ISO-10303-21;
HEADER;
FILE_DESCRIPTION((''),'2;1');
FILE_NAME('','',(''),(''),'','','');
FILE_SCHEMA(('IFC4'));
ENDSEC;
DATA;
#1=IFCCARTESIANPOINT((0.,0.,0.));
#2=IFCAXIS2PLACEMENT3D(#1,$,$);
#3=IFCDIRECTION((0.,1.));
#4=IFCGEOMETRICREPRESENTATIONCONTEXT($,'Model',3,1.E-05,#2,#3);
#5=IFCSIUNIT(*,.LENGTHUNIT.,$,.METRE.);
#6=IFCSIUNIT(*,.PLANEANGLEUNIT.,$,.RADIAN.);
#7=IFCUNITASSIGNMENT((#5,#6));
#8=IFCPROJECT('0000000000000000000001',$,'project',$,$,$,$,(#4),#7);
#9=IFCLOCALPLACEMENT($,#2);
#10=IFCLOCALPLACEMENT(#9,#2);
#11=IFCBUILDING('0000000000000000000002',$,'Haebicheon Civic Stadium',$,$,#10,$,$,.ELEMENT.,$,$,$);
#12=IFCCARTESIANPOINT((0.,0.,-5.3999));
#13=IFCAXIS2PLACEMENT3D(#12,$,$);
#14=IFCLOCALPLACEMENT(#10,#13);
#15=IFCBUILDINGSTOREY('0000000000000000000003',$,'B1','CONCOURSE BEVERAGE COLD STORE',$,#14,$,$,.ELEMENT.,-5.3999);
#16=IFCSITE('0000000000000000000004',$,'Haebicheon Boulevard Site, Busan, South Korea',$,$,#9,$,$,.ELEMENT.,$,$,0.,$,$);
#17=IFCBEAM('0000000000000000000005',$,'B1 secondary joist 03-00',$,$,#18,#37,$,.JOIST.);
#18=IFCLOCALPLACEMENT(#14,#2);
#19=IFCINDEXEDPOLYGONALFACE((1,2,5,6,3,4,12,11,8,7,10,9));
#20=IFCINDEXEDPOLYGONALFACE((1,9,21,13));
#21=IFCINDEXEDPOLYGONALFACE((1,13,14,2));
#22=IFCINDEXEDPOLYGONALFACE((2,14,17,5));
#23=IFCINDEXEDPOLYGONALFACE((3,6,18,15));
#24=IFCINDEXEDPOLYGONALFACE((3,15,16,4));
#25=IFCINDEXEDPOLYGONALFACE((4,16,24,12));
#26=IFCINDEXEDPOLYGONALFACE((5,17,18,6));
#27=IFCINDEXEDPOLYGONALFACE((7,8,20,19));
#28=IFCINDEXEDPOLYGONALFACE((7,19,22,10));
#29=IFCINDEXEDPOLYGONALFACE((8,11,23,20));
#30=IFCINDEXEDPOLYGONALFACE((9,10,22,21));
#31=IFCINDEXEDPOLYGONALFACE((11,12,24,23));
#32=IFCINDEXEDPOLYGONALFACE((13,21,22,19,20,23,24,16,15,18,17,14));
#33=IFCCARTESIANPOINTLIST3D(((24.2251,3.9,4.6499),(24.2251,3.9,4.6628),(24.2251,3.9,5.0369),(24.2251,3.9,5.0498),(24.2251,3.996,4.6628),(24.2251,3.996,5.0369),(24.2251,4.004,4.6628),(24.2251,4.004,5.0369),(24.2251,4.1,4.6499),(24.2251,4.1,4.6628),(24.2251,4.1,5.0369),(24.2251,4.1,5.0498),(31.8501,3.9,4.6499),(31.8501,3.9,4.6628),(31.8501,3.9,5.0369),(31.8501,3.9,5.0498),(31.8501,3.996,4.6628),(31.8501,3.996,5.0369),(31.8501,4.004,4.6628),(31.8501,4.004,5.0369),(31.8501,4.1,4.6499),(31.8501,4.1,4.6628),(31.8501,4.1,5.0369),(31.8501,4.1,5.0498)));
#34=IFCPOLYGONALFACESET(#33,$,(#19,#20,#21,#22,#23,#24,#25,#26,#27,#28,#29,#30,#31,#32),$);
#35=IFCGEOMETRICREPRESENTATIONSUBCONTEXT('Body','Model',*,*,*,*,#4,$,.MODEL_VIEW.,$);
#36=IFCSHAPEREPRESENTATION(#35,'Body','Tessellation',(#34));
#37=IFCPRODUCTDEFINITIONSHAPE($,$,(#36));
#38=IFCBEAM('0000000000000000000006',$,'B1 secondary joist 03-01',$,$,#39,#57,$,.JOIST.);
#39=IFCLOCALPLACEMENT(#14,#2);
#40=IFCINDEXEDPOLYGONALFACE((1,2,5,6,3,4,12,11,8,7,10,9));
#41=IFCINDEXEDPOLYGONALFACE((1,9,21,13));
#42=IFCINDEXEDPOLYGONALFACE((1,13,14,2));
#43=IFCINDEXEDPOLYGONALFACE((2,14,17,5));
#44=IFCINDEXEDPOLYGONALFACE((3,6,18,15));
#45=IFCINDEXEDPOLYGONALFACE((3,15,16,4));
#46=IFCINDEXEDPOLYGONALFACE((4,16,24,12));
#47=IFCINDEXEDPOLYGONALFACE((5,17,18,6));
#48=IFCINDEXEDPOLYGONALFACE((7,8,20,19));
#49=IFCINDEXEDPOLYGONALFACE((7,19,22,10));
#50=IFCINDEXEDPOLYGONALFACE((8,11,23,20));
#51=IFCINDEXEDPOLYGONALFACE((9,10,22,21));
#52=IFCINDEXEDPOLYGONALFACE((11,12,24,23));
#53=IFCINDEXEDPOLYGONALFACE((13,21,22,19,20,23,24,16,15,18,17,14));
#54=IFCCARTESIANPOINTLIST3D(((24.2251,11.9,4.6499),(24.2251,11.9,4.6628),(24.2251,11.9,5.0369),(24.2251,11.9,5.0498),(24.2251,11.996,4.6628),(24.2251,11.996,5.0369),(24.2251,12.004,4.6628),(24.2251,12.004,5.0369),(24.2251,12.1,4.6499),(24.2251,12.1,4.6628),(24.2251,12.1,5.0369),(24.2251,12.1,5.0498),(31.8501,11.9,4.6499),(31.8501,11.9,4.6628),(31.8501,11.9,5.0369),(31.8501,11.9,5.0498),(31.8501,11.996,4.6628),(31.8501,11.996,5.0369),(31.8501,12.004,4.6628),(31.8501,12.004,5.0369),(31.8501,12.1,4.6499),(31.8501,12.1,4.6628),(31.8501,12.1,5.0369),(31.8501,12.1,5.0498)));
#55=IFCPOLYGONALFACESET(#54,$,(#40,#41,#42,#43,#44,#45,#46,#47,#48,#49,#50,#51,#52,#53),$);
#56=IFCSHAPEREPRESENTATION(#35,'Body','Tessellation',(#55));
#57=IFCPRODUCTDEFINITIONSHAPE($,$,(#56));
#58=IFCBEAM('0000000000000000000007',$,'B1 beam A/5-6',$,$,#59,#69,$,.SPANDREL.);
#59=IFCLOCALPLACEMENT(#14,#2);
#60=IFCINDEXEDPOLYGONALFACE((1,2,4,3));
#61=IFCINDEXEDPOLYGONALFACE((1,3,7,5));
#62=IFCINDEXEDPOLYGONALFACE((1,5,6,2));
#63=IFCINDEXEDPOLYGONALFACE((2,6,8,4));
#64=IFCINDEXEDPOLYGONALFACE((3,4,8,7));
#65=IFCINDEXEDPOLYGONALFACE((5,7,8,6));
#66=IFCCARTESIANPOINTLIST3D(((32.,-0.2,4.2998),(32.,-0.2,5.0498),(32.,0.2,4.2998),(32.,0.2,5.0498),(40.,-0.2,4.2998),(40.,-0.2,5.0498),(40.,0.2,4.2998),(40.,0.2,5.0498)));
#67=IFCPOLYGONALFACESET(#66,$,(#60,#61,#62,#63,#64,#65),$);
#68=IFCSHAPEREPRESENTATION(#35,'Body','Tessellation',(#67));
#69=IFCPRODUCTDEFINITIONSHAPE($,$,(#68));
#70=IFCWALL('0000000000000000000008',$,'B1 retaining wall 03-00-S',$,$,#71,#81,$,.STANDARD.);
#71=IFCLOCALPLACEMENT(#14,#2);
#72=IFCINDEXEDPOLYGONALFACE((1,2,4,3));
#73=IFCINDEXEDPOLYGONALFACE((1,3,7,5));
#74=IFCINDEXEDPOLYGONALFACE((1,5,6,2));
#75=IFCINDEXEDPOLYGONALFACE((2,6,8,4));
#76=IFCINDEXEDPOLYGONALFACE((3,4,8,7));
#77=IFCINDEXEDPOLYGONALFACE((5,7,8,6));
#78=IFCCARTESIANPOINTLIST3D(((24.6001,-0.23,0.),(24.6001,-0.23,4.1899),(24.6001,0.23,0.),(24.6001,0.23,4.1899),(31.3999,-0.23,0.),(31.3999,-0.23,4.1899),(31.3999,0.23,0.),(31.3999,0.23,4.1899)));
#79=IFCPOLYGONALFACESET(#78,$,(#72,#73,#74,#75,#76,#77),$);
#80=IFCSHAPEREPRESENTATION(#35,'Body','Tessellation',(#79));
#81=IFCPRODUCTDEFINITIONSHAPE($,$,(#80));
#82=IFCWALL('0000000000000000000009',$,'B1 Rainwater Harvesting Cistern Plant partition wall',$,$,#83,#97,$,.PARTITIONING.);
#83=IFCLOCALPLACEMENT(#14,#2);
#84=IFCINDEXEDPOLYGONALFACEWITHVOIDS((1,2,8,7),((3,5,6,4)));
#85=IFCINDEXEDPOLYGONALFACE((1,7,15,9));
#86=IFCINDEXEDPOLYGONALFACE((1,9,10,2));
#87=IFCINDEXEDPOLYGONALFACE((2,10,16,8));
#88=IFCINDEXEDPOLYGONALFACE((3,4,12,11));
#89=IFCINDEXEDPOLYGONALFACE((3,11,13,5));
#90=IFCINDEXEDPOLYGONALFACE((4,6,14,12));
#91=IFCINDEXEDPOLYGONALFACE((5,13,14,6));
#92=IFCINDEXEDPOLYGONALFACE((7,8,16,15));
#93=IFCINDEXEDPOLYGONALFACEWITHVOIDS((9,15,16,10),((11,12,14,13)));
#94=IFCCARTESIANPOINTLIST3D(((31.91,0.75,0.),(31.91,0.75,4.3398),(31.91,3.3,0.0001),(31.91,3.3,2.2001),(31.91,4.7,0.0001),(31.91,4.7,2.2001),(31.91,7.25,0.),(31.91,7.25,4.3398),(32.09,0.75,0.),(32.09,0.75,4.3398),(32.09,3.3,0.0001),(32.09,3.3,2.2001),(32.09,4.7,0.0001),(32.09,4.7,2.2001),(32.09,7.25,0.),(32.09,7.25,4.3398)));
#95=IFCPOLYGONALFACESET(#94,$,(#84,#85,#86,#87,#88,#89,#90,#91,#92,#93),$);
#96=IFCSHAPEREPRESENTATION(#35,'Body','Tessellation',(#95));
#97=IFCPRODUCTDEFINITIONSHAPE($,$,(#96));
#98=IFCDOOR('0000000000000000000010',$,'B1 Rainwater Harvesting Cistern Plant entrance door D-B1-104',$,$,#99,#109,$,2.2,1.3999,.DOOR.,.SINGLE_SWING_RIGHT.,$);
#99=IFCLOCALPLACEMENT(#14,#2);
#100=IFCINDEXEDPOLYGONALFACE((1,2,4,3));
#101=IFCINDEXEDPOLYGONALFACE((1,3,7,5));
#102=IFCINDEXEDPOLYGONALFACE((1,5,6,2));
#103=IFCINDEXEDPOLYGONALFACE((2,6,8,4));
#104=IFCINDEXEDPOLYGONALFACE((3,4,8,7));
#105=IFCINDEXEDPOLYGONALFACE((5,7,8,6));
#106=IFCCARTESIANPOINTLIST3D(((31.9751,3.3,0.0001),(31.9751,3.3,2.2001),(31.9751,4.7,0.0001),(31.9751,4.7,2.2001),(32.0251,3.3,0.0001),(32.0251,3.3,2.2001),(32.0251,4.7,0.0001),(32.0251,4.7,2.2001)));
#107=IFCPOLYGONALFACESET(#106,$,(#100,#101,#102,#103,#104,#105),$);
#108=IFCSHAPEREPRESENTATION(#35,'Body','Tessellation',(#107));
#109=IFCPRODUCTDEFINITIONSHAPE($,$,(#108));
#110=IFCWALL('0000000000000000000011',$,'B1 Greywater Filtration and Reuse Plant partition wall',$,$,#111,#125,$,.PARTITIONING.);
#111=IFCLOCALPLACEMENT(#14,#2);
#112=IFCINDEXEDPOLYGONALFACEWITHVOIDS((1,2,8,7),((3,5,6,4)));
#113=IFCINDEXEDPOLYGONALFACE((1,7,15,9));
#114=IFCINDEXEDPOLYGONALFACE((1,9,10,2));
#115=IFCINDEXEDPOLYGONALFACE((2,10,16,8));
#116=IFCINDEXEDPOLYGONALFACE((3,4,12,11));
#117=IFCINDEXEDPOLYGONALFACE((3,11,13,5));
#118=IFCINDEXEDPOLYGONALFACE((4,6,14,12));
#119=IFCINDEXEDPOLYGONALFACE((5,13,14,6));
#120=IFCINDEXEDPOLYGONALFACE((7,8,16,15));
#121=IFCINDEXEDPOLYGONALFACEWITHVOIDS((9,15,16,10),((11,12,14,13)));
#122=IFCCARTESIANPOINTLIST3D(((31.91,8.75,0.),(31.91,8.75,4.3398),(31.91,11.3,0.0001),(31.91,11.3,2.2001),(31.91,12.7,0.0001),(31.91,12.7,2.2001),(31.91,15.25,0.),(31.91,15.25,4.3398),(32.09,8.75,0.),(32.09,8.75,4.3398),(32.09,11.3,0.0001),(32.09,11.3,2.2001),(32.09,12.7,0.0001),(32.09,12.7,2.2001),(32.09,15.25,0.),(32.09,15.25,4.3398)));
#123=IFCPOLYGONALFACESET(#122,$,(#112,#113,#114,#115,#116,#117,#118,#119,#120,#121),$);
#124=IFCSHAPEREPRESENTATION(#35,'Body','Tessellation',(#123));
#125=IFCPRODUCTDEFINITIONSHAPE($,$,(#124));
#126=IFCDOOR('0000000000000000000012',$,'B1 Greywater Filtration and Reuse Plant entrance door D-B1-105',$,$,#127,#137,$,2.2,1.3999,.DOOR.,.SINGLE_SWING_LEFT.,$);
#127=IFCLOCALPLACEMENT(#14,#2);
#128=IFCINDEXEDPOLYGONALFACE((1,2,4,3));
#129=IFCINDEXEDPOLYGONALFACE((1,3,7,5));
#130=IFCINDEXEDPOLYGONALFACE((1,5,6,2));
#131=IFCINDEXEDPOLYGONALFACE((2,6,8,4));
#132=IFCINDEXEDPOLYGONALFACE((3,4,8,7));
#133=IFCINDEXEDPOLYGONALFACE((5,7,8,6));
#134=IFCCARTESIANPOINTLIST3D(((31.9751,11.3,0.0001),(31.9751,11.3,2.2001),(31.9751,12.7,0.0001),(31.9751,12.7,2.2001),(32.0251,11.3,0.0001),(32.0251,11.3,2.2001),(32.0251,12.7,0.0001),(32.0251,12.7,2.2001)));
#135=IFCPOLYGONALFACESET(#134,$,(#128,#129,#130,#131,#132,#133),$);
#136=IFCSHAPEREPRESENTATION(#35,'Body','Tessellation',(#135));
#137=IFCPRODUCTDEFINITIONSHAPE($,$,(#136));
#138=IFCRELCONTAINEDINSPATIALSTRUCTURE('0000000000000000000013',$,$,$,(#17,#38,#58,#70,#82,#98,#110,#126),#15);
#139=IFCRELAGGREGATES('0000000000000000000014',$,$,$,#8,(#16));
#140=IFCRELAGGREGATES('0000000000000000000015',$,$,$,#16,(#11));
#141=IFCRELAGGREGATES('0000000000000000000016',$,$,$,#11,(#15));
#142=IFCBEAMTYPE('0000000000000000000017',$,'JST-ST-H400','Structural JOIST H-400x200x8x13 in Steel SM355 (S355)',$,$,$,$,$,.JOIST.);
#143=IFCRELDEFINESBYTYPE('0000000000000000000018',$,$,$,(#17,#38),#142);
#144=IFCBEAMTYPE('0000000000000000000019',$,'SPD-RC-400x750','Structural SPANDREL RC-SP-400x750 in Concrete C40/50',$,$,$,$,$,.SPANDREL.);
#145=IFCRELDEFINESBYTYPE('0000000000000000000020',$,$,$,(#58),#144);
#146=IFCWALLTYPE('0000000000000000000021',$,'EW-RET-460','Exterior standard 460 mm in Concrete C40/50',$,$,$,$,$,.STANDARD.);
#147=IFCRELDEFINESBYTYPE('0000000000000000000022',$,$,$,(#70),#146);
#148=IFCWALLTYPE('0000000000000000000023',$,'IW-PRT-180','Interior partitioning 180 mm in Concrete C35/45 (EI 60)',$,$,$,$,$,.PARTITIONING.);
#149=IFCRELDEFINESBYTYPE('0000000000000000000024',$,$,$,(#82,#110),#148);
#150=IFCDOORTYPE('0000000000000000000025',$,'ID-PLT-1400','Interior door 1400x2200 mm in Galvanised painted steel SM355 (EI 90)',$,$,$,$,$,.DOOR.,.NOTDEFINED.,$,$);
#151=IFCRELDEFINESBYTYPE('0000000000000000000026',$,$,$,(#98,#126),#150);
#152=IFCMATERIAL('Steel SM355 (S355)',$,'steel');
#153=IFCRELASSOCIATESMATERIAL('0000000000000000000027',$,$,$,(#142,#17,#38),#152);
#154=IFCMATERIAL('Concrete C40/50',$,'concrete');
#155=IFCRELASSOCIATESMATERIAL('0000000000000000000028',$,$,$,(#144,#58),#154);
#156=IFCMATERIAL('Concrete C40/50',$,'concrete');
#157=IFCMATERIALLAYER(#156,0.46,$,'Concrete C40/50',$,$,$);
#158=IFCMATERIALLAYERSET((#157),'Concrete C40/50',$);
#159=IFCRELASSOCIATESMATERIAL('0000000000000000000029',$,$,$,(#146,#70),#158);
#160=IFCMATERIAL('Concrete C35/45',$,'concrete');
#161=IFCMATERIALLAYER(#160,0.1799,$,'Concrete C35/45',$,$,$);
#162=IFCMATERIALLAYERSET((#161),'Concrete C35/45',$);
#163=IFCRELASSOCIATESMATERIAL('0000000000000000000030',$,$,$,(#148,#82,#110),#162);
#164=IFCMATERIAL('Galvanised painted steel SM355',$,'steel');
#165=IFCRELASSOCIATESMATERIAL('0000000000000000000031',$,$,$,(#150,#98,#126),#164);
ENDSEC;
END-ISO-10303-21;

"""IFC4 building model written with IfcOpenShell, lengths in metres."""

from ifc_helpers import new_model, si_unit, direction, frame, frame_2d, origin, origin_2d, place, context, subcontext, project, spatial, rectangle, i_section, extrude, material, layer, layer_set, material_profile, profile_set, type_object, element, fill, save


model = new_model("IFC4")

# Units and contexts
model_context = context("Model", 3, precision=1e-05, world=origin(), true_north=direction((0.0, 1.0)))
body_context = subcontext(model_context, "Body", "Model", "MODEL_VIEW")
ifc_project = project(units=[si_unit("LENGTHUNIT", "METRE"), si_unit("PLANEANGLEUNIT", "RADIAN")], contexts=[model_context])

# Site, building, storey
site_placement = place(None, origin())
site = spatial("IfcSite", under=ifc_project, at=site_placement, Name="Haebicheon Boulevard Site, Busan, South Korea", CompositionType="ELEMENT", RefElevation=0.0)
building_placement = place(site_placement, origin())
building = spatial("IfcBuilding", under=site, at=building_placement, Name="Haebicheon Civic Stadium", CompositionType="ELEMENT")
storey_placement = place(building_placement, frame((0.0, 0.0, -5.3999)))
storey = spatial("IfcBuildingStorey", under=building, at=storey_placement, Name="B1", Description="CONCOURSE BEVERAGE COLD STORE", CompositionType="ELEMENT", Elevation=-5.3999)

# Beams
ifc_material_1 = material(Name="Steel SM355 (S355)", Category="steel")
ifc_material_profile_1 = material_profile(ifc_material_1, i_section(OverallWidth=0.2, OverallDepth=0.3999, WebThickness=0.0081, FlangeThickness=0.0129, at=origin_2d()), Name="H-400x200x8x13")
ifc_profile_set_1 = profile_set([ifc_material_profile_1], Name="Steel SM355 (S355)")
beam_type_1 = type_object("IfcBeamType", Name="JST-ST-H400", Description="Structural JOIST H-400x200x8x13 in Steel SM355 (S355)", PredefinedType="JOIST", material=ifc_profile_set_1)
for number, where, z_axis, x_axis, name in (
    (1, (24.2251, 4.0, 4.8499), (1.0, 0.0, 0.0), (0.0, 1.0, 0.0), "B1 secondary joist 03-00"),
    (2, (24.2251, 12.0, 4.8499), (1.0, 0.0, 0.0), (0.0, 1.0, 0.0), "B1 secondary joist 03-01"),
):
    element("IfcBeam", number, at=place(storey_placement, frame(where, z_axis=z_axis, x_axis=x_axis)), inside=storey, type_object=beam_type_1, material=ifc_profile_set_1, Name=name, PredefinedType="JOIST", context=body_context, shape_type="SweptSolid", body=[
        extrude(i_section(OverallWidth=0.2, OverallDepth=0.3999, WebThickness=0.0081, FlangeThickness=0.0129, at=origin_2d()), origin(), (0.0, 0.0, 1.0), 7.625),
    ])
ifc_material_2 = material(Name="Concrete C40/50", Category="concrete")
ifc_material_profile_2 = material_profile(ifc_material_2, rectangle(XDim=0.3999, YDim=0.75, at=origin_2d()), Name="RC-SP-400x750")
ifc_profile_set_2 = profile_set([ifc_material_profile_2], Name="Concrete C40/50")
beam_type_2 = type_object("IfcBeamType", Name="SPD-RC-400x750", Description="Structural SPANDREL RC-SP-400x750 in Concrete C40/50", PredefinedType="SPANDREL", material=ifc_profile_set_2)
beam_placement = place(storey_placement, frame((32.0, 0.0, 4.6748), z_axis=(1.0, 0.0, 0.0), x_axis=(0.0, 1.0, 0.0)))
element("IfcBeam", 3, at=beam_placement, inside=storey, type_object=beam_type_2, material=ifc_profile_set_2, Name="B1 beam A/5-6", PredefinedType="SPANDREL", context=body_context, shape_type="SweptSolid", body=[
    extrude(rectangle(XDim=0.3999, YDim=0.75, at=origin_2d()), origin(), (0.0, 0.0, 1.0), 8.0),
])

# Wall
ifc_material_3 = material(Name="Concrete C40/50", Category="concrete")
ifc_layer_1 = layer(ifc_material_3, 0.46, Name="Concrete C40/50")
ifc_layer_set_1 = layer_set([ifc_layer_1], Name="Concrete C40/50")
wall_type_1 = type_object("IfcWallType", Name="EW-RET-460", Description="Exterior standard 460 mm in Concrete C40/50", PredefinedType="STANDARD", material=ifc_layer_set_1)
wall_1_placement = place(storey_placement, frame((24.6001, 0.0, 0.0), z_axis=(0.0, 0.0, 1.0), x_axis=(1.0, 0.0, 0.0)))
element("IfcWall", 4, at=wall_1_placement, inside=storey, type_object=wall_type_1, material=ifc_layer_set_1, Name="B1 retaining wall 03-00-S", PredefinedType="STANDARD", context=body_context, shape_type="SweptSolid", body=[
    extrude(rectangle(XDim=6.7998, YDim=0.46, at=frame_2d((3.3999, 0.0))), origin(), (0.0, 0.0, 1.0), 4.1899),
])

# Walls, openings, doors
ifc_material_4 = material(Name="Concrete C35/45", Category="concrete")
ifc_layer_2 = layer(ifc_material_4, 0.1799, Name="Concrete C35/45")
ifc_layer_set_2 = layer_set([ifc_layer_2], Name="Concrete C35/45")
wall_type_2 = type_object("IfcWallType", Name="IW-PRT-180", Description="Interior partitioning 180 mm in Concrete C35/45 (EI 60)", PredefinedType="PARTITIONING", material=ifc_layer_set_2)
wall_2_placement = place(storey_placement, frame((32.0, 0.75, 0.0), z_axis=(0.0, 0.0, 1.0), x_axis=(0.0, 1.0, 0.0)))
wall_2 = element("IfcWall", 5, at=wall_2_placement, inside=storey, type_object=wall_type_2, material=ifc_layer_set_2, Name="B1 Rainwater Harvesting Cistern Plant partition wall", PredefinedType="PARTITIONING", context=body_context, shape_type="SweptSolid", body=[
    extrude(rectangle(XDim=6.5, YDim=0.1799, at=frame_2d((3.25, 0.0))), origin(), (0.0, 0.0, 1.0), 4.3398),
])
opening_1_placement = place(wall_2_placement, frame((2.55, 0.0, 0.0)))
opening_1 = element("IfcOpeningElement", 6, at=opening_1_placement, cuts=wall_2, PredefinedType="OPENING", context=body_context, shape_type="SweptSolid", body=[
    extrude(rectangle(XDim=1.3999, YDim=2.2, at=frame_2d((0.7, 1.1001))), frame((0.0, 0.0999, 0.0), z_axis=(0.0, -1.0, 0.0), x_axis=(1.0, 0.0, 0.0)), (0.0, 0.0, 1.0), 0.2),
])
ifc_material_5 = material(Name="Galvanised painted steel SM355", Category="steel")
door_type = type_object("IfcDoorType", Name="ID-PLT-1400", Description="Interior door 1400x2200 mm in Galvanised painted steel SM355 (EI 90)", OperationType="NOTDEFINED", PredefinedType="DOOR", material=ifc_material_5)
door_1_placement = place(opening_1_placement, origin())
door_1 = element("IfcDoor", 7, at=door_1_placement, inside=storey, type_object=door_type, material=ifc_material_5, Name="B1 Rainwater Harvesting Cistern Plant entrance door D-B1-104", OperationType="SINGLE_SWING_RIGHT", OverallHeight=2.2, OverallWidth=1.3999, PredefinedType="DOOR", context=body_context, shape_type="SweptSolid", body=[
    extrude(rectangle(XDim=1.3999, YDim=2.2, at=frame_2d((0.7, 1.1001))), frame((0.0, 0.0249, 0.0), z_axis=(0.0, -1.0, 0.0), x_axis=(1.0, 0.0, 0.0)), (0.0, 0.0, 1.0), 0.05),
])
fill(opening_1, door_1)
wall_3_placement = place(storey_placement, frame((32.0, 8.75, 0.0), z_axis=(0.0, 0.0, 1.0), x_axis=(0.0, 1.0, 0.0)))
wall_3 = element("IfcWall", 8, at=wall_3_placement, inside=storey, type_object=wall_type_2, material=ifc_layer_set_2, Name="B1 Greywater Filtration and Reuse Plant partition wall", PredefinedType="PARTITIONING", context=body_context, shape_type="SweptSolid", body=[
    extrude(rectangle(XDim=6.5, YDim=0.1799, at=frame_2d((3.25, 0.0))), origin(), (0.0, 0.0, 1.0), 4.3398),
])
opening_2_placement = place(wall_3_placement, frame((2.55, 0.0, 0.0)))
opening_2 = element("IfcOpeningElement", 9, at=opening_2_placement, cuts=wall_3, PredefinedType="OPENING", context=body_context, shape_type="SweptSolid", body=[
    extrude(rectangle(XDim=1.3999, YDim=2.2, at=frame_2d((0.7, 1.1001))), frame((0.0, 0.0999, 0.0), z_axis=(0.0, -1.0, 0.0), x_axis=(1.0, 0.0, 0.0)), (0.0, 0.0, 1.0), 0.2),
])
door_2_placement = place(opening_2_placement, origin())
door_2 = element("IfcDoor", 10, at=door_2_placement, inside=storey, type_object=door_type, material=ifc_material_5, Name="B1 Greywater Filtration and Reuse Plant entrance door D-B1-105", OperationType="SINGLE_SWING_LEFT", OverallHeight=2.2, OverallWidth=1.3999, PredefinedType="DOOR", context=body_context, shape_type="SweptSolid", body=[
    extrude(rectangle(XDim=1.3999, YDim=2.2, at=frame_2d((0.7, 1.1001))), frame((0.0, 0.0249, 0.0), z_axis=(0.0, -1.0, 0.0), x_axis=(1.0, 0.0, 0.0)), (0.0, 0.0, 1.0), 0.05),
])
fill(opening_2, door_2)

save(model, "model.ifc")
